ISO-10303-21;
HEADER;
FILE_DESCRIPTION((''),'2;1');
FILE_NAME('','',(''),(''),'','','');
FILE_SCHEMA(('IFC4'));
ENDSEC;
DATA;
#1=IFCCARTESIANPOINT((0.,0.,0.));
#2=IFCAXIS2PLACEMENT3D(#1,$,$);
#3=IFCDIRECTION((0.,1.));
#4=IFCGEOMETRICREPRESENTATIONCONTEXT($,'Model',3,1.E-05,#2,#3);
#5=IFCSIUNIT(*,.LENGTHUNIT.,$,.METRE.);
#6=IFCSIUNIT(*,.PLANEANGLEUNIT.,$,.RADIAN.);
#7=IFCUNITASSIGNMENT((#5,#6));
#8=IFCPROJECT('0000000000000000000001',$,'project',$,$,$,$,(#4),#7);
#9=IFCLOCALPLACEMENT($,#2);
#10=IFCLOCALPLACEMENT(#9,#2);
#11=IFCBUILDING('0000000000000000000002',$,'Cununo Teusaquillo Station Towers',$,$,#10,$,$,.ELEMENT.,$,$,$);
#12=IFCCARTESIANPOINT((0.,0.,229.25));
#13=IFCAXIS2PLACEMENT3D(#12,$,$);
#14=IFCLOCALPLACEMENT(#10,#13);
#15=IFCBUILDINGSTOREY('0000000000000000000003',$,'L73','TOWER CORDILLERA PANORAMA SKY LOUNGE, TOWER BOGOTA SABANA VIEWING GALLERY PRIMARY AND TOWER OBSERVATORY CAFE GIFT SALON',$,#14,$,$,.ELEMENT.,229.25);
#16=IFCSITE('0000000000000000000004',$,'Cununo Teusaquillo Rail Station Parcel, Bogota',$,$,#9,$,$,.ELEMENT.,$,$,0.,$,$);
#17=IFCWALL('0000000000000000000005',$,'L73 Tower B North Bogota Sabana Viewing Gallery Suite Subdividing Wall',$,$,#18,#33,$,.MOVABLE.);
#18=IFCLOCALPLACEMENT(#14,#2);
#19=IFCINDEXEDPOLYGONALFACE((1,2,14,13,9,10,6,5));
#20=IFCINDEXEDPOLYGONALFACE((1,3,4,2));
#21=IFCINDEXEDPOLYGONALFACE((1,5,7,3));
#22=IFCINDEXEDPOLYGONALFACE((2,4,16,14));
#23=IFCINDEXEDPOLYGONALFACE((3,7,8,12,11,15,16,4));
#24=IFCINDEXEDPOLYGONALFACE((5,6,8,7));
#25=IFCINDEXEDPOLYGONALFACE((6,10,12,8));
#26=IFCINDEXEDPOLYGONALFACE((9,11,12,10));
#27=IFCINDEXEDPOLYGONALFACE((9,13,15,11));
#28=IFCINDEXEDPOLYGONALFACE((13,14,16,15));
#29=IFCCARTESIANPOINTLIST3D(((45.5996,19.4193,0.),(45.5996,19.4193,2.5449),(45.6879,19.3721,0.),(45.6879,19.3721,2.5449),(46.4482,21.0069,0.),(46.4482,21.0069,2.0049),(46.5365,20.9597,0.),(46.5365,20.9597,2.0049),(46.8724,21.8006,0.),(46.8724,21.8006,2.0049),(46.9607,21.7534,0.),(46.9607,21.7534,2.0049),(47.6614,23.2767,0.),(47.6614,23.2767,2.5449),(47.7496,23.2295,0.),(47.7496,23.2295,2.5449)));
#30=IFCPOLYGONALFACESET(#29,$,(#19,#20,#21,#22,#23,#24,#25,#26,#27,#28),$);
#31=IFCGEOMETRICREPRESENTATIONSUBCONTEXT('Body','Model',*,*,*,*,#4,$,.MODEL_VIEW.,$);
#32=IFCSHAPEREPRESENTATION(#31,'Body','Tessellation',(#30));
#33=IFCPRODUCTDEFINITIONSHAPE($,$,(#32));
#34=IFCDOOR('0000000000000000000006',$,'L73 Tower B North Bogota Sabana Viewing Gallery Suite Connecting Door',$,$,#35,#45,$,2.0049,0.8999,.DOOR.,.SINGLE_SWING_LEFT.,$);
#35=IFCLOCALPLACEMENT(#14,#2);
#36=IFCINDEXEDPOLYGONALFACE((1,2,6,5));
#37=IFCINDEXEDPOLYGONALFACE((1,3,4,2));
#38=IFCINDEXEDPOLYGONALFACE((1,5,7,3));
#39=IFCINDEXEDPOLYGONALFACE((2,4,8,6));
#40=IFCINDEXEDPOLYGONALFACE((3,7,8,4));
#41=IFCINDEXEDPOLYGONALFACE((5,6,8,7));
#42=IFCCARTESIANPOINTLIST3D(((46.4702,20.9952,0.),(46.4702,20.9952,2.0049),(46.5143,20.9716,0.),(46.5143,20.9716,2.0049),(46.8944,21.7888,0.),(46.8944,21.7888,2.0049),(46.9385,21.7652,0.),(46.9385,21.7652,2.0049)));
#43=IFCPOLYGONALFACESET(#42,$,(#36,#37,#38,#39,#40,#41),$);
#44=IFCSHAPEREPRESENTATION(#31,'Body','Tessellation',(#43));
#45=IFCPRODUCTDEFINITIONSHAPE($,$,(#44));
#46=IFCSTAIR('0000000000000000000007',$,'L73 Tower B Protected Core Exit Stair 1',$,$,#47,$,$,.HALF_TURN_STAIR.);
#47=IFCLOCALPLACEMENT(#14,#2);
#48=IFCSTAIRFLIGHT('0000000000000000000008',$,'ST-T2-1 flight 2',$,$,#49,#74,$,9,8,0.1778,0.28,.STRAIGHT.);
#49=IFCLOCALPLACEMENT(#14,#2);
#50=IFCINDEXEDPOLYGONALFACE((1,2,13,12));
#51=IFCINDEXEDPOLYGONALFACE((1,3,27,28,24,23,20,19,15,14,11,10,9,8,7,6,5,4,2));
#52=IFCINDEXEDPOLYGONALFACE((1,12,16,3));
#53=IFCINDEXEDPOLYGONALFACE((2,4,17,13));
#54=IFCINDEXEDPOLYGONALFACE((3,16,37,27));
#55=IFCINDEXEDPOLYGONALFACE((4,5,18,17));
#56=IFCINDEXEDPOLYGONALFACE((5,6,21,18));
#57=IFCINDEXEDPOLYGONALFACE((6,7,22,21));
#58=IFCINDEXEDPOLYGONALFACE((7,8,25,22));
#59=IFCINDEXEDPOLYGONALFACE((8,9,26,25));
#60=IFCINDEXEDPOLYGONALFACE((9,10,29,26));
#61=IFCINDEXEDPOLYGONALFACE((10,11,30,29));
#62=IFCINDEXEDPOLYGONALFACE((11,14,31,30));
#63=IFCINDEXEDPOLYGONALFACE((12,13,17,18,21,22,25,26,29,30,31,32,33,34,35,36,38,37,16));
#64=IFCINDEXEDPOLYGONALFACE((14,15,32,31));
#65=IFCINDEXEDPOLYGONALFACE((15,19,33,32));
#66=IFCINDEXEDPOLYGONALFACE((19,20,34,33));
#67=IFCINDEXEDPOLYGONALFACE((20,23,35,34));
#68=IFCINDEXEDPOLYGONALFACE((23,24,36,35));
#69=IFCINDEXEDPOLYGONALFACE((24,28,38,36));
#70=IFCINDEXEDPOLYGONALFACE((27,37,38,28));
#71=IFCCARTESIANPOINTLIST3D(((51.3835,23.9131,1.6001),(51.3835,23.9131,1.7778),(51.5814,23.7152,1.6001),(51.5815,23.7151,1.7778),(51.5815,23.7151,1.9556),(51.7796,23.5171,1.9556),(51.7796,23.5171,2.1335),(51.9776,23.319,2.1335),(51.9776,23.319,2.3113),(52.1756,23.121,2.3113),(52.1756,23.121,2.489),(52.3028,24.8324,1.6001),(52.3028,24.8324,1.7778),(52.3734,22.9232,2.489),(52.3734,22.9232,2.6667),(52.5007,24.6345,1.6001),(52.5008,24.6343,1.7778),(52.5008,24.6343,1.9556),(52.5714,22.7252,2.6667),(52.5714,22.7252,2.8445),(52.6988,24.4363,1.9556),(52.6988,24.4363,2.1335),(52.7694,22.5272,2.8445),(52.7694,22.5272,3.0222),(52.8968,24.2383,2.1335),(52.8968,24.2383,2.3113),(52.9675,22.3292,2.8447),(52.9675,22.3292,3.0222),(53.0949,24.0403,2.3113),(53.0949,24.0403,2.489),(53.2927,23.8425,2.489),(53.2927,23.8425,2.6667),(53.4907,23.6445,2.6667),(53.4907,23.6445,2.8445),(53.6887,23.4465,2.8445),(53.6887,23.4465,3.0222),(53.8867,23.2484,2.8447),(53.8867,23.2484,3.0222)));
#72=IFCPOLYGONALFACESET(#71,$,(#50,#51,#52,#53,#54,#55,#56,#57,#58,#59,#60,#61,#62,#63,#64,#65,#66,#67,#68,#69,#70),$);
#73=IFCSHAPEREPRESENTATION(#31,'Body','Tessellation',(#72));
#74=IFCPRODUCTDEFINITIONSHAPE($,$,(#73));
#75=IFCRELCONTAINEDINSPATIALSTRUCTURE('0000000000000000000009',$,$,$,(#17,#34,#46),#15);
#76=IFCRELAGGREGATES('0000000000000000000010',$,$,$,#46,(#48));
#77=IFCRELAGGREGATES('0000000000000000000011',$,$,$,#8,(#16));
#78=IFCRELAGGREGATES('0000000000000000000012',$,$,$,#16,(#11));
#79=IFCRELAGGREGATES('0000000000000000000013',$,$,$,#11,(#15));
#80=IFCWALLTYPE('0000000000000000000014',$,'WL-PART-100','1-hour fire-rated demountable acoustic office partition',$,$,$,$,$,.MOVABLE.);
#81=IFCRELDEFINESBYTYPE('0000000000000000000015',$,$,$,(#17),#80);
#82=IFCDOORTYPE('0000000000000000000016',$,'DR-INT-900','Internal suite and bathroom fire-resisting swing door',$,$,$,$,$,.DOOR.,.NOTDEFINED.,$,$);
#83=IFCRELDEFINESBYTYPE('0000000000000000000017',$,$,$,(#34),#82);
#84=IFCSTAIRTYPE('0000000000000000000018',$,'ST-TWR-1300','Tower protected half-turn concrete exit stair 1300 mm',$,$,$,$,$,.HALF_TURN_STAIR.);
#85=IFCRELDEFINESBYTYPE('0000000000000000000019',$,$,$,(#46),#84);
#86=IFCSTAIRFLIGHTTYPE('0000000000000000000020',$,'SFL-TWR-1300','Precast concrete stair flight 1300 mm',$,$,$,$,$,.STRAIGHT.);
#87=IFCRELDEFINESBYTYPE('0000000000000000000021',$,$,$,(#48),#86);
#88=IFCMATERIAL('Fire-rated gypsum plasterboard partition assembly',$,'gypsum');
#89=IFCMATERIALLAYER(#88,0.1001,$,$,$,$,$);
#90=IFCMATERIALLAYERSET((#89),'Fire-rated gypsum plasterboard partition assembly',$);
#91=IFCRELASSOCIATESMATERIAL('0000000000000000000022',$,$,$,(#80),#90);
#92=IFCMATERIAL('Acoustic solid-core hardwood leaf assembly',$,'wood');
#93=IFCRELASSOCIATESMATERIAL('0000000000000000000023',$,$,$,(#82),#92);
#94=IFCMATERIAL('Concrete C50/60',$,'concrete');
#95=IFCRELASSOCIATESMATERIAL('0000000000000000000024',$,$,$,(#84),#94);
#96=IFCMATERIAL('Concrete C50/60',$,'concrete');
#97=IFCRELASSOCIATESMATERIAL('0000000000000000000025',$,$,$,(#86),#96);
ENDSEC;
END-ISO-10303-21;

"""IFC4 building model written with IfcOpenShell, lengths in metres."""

from ifc_helpers import new_model, si_unit, direction, frame, frame_2d, origin, place, context, subcontext, project, spatial, polyline, rectangle, outline, extrude, source, transform, mapped, material, layer, layer_set, type_object, element, fill, aggregate, save


model = new_model("IFC4")

# Units and contexts
model_context = context("Model", 3, precision=1e-05, world=origin(), true_north=direction((0.0, 1.0)))
body_context = subcontext(model_context, "Body", "Model", "MODEL_VIEW")
ifc_project = project(units=[si_unit("LENGTHUNIT", "METRE"), si_unit("PLANEANGLEUNIT", "RADIAN")], contexts=[model_context])

# Site, building, storey
site_placement = place(None, origin())
site = spatial("IfcSite", under=ifc_project, at=site_placement, Name="Cununo Teusaquillo Rail Station Parcel, Bogota", CompositionType="ELEMENT", RefElevation=0.0)
building_placement = place(site_placement, origin())
building = spatial("IfcBuilding", under=site, at=building_placement, Name="Cununo Teusaquillo Station Towers", CompositionType="ELEMENT")
storey_placement = place(building_placement, frame((0.0, 0.0, 229.25)))
storey = spatial("IfcBuildingStorey", under=building, at=storey_placement, Name="L73", Description="TOWER CORDILLERA PANORAMA SKY LOUNGE, TOWER BOGOTA SABANA VIEWING GALLERY PRIMARY AND TOWER OBSERVATORY CAFE GIFT SALON", CompositionType="ELEMENT", Elevation=229.25)

# Shared definitions
ifc_material_1 = material(Name="Fire-rated gypsum plasterboard partition assembly", Category="gypsum")
ifc_layer_1 = layer(ifc_material_1, 0.1001)
ifc_layer_set_1 = layer_set([ifc_layer_1], Name="Fire-rated gypsum plasterboard partition assembly")
wall_type_1 = type_object("IfcWallType", Name="WL-PART-100", Description="1-hour fire-rated demountable acoustic office partition", PredefinedType="MOVABLE", material=ifc_layer_set_1)

# Wall, opening, door
wall_1_placement = place(storey_placement, frame((47.7056, 23.2532, 0.0), z_axis=(0.0, 0.0, 1.0), x_axis=(-0.471385, -0.881928, 0.0)))
wall_1 = element("IfcWall", 1, at=wall_1_placement, inside=storey, type_object=wall_type_1, Name="L73 Tower B North Bogota Sabana Viewing Gallery Suite Subdividing Wall", PredefinedType="MOVABLE", context=body_context, shape_type="SweptSolid", body=[
    extrude(rectangle(XDim=4.3738, YDim=0.1001, at=frame_2d((2.187, 0.0))), origin(), (0.0, 0.0, 1.0), 2.5449),
])
shared_shape_1 = source(origin(), body_context, "Body", "SweptSolid", [
    extrude(rectangle(XDim=0.8999, YDim=2.0049, at=frame_2d((0.45, 1.0024))), frame((0.0, 0.0601, 0.0), z_axis=(0.0, -1.0, 0.0), x_axis=(1.0, 0.0, 0.0)), (0.0, 0.0, 1.0), 0.1201),
])
opening_1_placement = place(wall_1_placement, frame((1.6738, 0.0, 0.0)))
opening_1 = element("IfcOpeningElement", 2, at=opening_1_placement, cuts=wall_1, PredefinedType="OPENING", context=body_context, shape_type="MappedRepresentation", body=[
    mapped(shared_shape_1, transform((0.0, 0.0, 0.0), x_axis=(1.0, 0.0, 0.0), y_axis=(0.0, 1.0, 0.0), z_axis=(0.0, 0.0, 1.0), scale=1.0)),
])
ifc_material_2 = material(Name="Acoustic solid-core hardwood leaf assembly", Category="wood")
door_type_1 = type_object("IfcDoorType", Name="DR-INT-900", Description="Internal suite and bathroom fire-resisting swing door", OperationType="NOTDEFINED", PredefinedType="DOOR", material=ifc_material_2)
shared_shape_2 = source(origin(), body_context, "Body", "SweptSolid", [
    extrude(rectangle(XDim=0.8999, YDim=2.0049, at=frame_2d((0.45, 1.0024))), frame((0.0, 0.0249, 0.0), z_axis=(0.0, -1.0, 0.0), x_axis=(1.0, 0.0, 0.0)), (0.0, 0.0, 1.0), 0.05),
])
door_1_placement = place(opening_1_placement, origin())
door_1 = element("IfcDoor", 3, at=door_1_placement, inside=storey, type_object=door_type_1, Name="L73 Tower B North Bogota Sabana Viewing Gallery Suite Connecting Door", OperationType="SINGLE_SWING_LEFT", OverallHeight=2.0049, OverallWidth=0.8999, PredefinedType="DOOR", context=body_context, shape_type="MappedRepresentation", body=[
    mapped(shared_shape_2, transform((0.0, 0.0, 0.0), x_axis=(1.0, 0.0, 0.0), y_axis=(0.0, 1.0, 0.0), z_axis=(0.0, 0.0, 1.0), scale=1.0)),
])
fill(opening_1, door_1)

# Stair, stair flight
ifc_material_3 = material(Name="Concrete C50/60", Category="concrete")
stair_type = type_object("IfcStairType", Name="ST-TWR-1300", Description="Tower protected half-turn concrete exit stair 1300 mm", PredefinedType="HALF_TURN_STAIR", material=ifc_material_3)
stair_placement = place(storey_placement, origin())
stair = element("IfcStair", 4, at=stair_placement, inside=storey, type_object=stair_type, Name="L73 Tower B Protected Core Exit Stair 1", PredefinedType="HALF_TURN_STAIR")
ifc_material_4 = material(Name="Concrete C50/60", Category="concrete")
stair_flight_type = type_object("IfcStairFlightType", Name="SFL-TWR-1300", Description="Precast concrete stair flight 1300 mm", PredefinedType="STRAIGHT", material=ifc_material_4)
stair_flight_placement = place(storey_placement, frame((51.8433, 24.3728, 1.6001), z_axis=(0.0, 0.0, 1.0), x_axis=(0.707107, -0.707107, 0.0)))
stair_flight = element("IfcStairFlight", 5, at=stair_flight_placement, type_object=stair_flight_type, Name="ST-T2-1 flight 2", NumberOfRisers=9, NumberOfTreads=8, PredefinedType="STRAIGHT", RiserHeight=0.1778, TreadLength=0.28, context=body_context, shape_type="SweptSolid", body=[
    extrude(outline(polyline([(0.0, 0.0), (0.0, 0.1777), (0.28, 0.1777), (0.28, 0.3555), (0.5601, 0.3555), (0.5601, 0.5334), (0.8401, 0.5334), (0.8401, 0.7112), (1.1201, 0.7112), (1.1201, 0.8889), (1.3999, 0.8889), (1.3999, 1.0667), (1.6799, 1.0667), (1.6799, 1.2444), (1.96, 1.2444), (1.96, 1.4221), (2.24, 1.4221), (2.24, 1.6001), (2.24, 1.2446), (0.2798, 0.0), (0.0, 0.0)])), frame((0.0, 0.6499, 0.0), z_axis=(0.0, -1.0, 0.0), x_axis=(1.0, 0.0, 0.0)), (0.0, 0.0, 1.0), 1.3),
])
aggregate(stair, [stair_flight])

save(model, "model.ifc")
